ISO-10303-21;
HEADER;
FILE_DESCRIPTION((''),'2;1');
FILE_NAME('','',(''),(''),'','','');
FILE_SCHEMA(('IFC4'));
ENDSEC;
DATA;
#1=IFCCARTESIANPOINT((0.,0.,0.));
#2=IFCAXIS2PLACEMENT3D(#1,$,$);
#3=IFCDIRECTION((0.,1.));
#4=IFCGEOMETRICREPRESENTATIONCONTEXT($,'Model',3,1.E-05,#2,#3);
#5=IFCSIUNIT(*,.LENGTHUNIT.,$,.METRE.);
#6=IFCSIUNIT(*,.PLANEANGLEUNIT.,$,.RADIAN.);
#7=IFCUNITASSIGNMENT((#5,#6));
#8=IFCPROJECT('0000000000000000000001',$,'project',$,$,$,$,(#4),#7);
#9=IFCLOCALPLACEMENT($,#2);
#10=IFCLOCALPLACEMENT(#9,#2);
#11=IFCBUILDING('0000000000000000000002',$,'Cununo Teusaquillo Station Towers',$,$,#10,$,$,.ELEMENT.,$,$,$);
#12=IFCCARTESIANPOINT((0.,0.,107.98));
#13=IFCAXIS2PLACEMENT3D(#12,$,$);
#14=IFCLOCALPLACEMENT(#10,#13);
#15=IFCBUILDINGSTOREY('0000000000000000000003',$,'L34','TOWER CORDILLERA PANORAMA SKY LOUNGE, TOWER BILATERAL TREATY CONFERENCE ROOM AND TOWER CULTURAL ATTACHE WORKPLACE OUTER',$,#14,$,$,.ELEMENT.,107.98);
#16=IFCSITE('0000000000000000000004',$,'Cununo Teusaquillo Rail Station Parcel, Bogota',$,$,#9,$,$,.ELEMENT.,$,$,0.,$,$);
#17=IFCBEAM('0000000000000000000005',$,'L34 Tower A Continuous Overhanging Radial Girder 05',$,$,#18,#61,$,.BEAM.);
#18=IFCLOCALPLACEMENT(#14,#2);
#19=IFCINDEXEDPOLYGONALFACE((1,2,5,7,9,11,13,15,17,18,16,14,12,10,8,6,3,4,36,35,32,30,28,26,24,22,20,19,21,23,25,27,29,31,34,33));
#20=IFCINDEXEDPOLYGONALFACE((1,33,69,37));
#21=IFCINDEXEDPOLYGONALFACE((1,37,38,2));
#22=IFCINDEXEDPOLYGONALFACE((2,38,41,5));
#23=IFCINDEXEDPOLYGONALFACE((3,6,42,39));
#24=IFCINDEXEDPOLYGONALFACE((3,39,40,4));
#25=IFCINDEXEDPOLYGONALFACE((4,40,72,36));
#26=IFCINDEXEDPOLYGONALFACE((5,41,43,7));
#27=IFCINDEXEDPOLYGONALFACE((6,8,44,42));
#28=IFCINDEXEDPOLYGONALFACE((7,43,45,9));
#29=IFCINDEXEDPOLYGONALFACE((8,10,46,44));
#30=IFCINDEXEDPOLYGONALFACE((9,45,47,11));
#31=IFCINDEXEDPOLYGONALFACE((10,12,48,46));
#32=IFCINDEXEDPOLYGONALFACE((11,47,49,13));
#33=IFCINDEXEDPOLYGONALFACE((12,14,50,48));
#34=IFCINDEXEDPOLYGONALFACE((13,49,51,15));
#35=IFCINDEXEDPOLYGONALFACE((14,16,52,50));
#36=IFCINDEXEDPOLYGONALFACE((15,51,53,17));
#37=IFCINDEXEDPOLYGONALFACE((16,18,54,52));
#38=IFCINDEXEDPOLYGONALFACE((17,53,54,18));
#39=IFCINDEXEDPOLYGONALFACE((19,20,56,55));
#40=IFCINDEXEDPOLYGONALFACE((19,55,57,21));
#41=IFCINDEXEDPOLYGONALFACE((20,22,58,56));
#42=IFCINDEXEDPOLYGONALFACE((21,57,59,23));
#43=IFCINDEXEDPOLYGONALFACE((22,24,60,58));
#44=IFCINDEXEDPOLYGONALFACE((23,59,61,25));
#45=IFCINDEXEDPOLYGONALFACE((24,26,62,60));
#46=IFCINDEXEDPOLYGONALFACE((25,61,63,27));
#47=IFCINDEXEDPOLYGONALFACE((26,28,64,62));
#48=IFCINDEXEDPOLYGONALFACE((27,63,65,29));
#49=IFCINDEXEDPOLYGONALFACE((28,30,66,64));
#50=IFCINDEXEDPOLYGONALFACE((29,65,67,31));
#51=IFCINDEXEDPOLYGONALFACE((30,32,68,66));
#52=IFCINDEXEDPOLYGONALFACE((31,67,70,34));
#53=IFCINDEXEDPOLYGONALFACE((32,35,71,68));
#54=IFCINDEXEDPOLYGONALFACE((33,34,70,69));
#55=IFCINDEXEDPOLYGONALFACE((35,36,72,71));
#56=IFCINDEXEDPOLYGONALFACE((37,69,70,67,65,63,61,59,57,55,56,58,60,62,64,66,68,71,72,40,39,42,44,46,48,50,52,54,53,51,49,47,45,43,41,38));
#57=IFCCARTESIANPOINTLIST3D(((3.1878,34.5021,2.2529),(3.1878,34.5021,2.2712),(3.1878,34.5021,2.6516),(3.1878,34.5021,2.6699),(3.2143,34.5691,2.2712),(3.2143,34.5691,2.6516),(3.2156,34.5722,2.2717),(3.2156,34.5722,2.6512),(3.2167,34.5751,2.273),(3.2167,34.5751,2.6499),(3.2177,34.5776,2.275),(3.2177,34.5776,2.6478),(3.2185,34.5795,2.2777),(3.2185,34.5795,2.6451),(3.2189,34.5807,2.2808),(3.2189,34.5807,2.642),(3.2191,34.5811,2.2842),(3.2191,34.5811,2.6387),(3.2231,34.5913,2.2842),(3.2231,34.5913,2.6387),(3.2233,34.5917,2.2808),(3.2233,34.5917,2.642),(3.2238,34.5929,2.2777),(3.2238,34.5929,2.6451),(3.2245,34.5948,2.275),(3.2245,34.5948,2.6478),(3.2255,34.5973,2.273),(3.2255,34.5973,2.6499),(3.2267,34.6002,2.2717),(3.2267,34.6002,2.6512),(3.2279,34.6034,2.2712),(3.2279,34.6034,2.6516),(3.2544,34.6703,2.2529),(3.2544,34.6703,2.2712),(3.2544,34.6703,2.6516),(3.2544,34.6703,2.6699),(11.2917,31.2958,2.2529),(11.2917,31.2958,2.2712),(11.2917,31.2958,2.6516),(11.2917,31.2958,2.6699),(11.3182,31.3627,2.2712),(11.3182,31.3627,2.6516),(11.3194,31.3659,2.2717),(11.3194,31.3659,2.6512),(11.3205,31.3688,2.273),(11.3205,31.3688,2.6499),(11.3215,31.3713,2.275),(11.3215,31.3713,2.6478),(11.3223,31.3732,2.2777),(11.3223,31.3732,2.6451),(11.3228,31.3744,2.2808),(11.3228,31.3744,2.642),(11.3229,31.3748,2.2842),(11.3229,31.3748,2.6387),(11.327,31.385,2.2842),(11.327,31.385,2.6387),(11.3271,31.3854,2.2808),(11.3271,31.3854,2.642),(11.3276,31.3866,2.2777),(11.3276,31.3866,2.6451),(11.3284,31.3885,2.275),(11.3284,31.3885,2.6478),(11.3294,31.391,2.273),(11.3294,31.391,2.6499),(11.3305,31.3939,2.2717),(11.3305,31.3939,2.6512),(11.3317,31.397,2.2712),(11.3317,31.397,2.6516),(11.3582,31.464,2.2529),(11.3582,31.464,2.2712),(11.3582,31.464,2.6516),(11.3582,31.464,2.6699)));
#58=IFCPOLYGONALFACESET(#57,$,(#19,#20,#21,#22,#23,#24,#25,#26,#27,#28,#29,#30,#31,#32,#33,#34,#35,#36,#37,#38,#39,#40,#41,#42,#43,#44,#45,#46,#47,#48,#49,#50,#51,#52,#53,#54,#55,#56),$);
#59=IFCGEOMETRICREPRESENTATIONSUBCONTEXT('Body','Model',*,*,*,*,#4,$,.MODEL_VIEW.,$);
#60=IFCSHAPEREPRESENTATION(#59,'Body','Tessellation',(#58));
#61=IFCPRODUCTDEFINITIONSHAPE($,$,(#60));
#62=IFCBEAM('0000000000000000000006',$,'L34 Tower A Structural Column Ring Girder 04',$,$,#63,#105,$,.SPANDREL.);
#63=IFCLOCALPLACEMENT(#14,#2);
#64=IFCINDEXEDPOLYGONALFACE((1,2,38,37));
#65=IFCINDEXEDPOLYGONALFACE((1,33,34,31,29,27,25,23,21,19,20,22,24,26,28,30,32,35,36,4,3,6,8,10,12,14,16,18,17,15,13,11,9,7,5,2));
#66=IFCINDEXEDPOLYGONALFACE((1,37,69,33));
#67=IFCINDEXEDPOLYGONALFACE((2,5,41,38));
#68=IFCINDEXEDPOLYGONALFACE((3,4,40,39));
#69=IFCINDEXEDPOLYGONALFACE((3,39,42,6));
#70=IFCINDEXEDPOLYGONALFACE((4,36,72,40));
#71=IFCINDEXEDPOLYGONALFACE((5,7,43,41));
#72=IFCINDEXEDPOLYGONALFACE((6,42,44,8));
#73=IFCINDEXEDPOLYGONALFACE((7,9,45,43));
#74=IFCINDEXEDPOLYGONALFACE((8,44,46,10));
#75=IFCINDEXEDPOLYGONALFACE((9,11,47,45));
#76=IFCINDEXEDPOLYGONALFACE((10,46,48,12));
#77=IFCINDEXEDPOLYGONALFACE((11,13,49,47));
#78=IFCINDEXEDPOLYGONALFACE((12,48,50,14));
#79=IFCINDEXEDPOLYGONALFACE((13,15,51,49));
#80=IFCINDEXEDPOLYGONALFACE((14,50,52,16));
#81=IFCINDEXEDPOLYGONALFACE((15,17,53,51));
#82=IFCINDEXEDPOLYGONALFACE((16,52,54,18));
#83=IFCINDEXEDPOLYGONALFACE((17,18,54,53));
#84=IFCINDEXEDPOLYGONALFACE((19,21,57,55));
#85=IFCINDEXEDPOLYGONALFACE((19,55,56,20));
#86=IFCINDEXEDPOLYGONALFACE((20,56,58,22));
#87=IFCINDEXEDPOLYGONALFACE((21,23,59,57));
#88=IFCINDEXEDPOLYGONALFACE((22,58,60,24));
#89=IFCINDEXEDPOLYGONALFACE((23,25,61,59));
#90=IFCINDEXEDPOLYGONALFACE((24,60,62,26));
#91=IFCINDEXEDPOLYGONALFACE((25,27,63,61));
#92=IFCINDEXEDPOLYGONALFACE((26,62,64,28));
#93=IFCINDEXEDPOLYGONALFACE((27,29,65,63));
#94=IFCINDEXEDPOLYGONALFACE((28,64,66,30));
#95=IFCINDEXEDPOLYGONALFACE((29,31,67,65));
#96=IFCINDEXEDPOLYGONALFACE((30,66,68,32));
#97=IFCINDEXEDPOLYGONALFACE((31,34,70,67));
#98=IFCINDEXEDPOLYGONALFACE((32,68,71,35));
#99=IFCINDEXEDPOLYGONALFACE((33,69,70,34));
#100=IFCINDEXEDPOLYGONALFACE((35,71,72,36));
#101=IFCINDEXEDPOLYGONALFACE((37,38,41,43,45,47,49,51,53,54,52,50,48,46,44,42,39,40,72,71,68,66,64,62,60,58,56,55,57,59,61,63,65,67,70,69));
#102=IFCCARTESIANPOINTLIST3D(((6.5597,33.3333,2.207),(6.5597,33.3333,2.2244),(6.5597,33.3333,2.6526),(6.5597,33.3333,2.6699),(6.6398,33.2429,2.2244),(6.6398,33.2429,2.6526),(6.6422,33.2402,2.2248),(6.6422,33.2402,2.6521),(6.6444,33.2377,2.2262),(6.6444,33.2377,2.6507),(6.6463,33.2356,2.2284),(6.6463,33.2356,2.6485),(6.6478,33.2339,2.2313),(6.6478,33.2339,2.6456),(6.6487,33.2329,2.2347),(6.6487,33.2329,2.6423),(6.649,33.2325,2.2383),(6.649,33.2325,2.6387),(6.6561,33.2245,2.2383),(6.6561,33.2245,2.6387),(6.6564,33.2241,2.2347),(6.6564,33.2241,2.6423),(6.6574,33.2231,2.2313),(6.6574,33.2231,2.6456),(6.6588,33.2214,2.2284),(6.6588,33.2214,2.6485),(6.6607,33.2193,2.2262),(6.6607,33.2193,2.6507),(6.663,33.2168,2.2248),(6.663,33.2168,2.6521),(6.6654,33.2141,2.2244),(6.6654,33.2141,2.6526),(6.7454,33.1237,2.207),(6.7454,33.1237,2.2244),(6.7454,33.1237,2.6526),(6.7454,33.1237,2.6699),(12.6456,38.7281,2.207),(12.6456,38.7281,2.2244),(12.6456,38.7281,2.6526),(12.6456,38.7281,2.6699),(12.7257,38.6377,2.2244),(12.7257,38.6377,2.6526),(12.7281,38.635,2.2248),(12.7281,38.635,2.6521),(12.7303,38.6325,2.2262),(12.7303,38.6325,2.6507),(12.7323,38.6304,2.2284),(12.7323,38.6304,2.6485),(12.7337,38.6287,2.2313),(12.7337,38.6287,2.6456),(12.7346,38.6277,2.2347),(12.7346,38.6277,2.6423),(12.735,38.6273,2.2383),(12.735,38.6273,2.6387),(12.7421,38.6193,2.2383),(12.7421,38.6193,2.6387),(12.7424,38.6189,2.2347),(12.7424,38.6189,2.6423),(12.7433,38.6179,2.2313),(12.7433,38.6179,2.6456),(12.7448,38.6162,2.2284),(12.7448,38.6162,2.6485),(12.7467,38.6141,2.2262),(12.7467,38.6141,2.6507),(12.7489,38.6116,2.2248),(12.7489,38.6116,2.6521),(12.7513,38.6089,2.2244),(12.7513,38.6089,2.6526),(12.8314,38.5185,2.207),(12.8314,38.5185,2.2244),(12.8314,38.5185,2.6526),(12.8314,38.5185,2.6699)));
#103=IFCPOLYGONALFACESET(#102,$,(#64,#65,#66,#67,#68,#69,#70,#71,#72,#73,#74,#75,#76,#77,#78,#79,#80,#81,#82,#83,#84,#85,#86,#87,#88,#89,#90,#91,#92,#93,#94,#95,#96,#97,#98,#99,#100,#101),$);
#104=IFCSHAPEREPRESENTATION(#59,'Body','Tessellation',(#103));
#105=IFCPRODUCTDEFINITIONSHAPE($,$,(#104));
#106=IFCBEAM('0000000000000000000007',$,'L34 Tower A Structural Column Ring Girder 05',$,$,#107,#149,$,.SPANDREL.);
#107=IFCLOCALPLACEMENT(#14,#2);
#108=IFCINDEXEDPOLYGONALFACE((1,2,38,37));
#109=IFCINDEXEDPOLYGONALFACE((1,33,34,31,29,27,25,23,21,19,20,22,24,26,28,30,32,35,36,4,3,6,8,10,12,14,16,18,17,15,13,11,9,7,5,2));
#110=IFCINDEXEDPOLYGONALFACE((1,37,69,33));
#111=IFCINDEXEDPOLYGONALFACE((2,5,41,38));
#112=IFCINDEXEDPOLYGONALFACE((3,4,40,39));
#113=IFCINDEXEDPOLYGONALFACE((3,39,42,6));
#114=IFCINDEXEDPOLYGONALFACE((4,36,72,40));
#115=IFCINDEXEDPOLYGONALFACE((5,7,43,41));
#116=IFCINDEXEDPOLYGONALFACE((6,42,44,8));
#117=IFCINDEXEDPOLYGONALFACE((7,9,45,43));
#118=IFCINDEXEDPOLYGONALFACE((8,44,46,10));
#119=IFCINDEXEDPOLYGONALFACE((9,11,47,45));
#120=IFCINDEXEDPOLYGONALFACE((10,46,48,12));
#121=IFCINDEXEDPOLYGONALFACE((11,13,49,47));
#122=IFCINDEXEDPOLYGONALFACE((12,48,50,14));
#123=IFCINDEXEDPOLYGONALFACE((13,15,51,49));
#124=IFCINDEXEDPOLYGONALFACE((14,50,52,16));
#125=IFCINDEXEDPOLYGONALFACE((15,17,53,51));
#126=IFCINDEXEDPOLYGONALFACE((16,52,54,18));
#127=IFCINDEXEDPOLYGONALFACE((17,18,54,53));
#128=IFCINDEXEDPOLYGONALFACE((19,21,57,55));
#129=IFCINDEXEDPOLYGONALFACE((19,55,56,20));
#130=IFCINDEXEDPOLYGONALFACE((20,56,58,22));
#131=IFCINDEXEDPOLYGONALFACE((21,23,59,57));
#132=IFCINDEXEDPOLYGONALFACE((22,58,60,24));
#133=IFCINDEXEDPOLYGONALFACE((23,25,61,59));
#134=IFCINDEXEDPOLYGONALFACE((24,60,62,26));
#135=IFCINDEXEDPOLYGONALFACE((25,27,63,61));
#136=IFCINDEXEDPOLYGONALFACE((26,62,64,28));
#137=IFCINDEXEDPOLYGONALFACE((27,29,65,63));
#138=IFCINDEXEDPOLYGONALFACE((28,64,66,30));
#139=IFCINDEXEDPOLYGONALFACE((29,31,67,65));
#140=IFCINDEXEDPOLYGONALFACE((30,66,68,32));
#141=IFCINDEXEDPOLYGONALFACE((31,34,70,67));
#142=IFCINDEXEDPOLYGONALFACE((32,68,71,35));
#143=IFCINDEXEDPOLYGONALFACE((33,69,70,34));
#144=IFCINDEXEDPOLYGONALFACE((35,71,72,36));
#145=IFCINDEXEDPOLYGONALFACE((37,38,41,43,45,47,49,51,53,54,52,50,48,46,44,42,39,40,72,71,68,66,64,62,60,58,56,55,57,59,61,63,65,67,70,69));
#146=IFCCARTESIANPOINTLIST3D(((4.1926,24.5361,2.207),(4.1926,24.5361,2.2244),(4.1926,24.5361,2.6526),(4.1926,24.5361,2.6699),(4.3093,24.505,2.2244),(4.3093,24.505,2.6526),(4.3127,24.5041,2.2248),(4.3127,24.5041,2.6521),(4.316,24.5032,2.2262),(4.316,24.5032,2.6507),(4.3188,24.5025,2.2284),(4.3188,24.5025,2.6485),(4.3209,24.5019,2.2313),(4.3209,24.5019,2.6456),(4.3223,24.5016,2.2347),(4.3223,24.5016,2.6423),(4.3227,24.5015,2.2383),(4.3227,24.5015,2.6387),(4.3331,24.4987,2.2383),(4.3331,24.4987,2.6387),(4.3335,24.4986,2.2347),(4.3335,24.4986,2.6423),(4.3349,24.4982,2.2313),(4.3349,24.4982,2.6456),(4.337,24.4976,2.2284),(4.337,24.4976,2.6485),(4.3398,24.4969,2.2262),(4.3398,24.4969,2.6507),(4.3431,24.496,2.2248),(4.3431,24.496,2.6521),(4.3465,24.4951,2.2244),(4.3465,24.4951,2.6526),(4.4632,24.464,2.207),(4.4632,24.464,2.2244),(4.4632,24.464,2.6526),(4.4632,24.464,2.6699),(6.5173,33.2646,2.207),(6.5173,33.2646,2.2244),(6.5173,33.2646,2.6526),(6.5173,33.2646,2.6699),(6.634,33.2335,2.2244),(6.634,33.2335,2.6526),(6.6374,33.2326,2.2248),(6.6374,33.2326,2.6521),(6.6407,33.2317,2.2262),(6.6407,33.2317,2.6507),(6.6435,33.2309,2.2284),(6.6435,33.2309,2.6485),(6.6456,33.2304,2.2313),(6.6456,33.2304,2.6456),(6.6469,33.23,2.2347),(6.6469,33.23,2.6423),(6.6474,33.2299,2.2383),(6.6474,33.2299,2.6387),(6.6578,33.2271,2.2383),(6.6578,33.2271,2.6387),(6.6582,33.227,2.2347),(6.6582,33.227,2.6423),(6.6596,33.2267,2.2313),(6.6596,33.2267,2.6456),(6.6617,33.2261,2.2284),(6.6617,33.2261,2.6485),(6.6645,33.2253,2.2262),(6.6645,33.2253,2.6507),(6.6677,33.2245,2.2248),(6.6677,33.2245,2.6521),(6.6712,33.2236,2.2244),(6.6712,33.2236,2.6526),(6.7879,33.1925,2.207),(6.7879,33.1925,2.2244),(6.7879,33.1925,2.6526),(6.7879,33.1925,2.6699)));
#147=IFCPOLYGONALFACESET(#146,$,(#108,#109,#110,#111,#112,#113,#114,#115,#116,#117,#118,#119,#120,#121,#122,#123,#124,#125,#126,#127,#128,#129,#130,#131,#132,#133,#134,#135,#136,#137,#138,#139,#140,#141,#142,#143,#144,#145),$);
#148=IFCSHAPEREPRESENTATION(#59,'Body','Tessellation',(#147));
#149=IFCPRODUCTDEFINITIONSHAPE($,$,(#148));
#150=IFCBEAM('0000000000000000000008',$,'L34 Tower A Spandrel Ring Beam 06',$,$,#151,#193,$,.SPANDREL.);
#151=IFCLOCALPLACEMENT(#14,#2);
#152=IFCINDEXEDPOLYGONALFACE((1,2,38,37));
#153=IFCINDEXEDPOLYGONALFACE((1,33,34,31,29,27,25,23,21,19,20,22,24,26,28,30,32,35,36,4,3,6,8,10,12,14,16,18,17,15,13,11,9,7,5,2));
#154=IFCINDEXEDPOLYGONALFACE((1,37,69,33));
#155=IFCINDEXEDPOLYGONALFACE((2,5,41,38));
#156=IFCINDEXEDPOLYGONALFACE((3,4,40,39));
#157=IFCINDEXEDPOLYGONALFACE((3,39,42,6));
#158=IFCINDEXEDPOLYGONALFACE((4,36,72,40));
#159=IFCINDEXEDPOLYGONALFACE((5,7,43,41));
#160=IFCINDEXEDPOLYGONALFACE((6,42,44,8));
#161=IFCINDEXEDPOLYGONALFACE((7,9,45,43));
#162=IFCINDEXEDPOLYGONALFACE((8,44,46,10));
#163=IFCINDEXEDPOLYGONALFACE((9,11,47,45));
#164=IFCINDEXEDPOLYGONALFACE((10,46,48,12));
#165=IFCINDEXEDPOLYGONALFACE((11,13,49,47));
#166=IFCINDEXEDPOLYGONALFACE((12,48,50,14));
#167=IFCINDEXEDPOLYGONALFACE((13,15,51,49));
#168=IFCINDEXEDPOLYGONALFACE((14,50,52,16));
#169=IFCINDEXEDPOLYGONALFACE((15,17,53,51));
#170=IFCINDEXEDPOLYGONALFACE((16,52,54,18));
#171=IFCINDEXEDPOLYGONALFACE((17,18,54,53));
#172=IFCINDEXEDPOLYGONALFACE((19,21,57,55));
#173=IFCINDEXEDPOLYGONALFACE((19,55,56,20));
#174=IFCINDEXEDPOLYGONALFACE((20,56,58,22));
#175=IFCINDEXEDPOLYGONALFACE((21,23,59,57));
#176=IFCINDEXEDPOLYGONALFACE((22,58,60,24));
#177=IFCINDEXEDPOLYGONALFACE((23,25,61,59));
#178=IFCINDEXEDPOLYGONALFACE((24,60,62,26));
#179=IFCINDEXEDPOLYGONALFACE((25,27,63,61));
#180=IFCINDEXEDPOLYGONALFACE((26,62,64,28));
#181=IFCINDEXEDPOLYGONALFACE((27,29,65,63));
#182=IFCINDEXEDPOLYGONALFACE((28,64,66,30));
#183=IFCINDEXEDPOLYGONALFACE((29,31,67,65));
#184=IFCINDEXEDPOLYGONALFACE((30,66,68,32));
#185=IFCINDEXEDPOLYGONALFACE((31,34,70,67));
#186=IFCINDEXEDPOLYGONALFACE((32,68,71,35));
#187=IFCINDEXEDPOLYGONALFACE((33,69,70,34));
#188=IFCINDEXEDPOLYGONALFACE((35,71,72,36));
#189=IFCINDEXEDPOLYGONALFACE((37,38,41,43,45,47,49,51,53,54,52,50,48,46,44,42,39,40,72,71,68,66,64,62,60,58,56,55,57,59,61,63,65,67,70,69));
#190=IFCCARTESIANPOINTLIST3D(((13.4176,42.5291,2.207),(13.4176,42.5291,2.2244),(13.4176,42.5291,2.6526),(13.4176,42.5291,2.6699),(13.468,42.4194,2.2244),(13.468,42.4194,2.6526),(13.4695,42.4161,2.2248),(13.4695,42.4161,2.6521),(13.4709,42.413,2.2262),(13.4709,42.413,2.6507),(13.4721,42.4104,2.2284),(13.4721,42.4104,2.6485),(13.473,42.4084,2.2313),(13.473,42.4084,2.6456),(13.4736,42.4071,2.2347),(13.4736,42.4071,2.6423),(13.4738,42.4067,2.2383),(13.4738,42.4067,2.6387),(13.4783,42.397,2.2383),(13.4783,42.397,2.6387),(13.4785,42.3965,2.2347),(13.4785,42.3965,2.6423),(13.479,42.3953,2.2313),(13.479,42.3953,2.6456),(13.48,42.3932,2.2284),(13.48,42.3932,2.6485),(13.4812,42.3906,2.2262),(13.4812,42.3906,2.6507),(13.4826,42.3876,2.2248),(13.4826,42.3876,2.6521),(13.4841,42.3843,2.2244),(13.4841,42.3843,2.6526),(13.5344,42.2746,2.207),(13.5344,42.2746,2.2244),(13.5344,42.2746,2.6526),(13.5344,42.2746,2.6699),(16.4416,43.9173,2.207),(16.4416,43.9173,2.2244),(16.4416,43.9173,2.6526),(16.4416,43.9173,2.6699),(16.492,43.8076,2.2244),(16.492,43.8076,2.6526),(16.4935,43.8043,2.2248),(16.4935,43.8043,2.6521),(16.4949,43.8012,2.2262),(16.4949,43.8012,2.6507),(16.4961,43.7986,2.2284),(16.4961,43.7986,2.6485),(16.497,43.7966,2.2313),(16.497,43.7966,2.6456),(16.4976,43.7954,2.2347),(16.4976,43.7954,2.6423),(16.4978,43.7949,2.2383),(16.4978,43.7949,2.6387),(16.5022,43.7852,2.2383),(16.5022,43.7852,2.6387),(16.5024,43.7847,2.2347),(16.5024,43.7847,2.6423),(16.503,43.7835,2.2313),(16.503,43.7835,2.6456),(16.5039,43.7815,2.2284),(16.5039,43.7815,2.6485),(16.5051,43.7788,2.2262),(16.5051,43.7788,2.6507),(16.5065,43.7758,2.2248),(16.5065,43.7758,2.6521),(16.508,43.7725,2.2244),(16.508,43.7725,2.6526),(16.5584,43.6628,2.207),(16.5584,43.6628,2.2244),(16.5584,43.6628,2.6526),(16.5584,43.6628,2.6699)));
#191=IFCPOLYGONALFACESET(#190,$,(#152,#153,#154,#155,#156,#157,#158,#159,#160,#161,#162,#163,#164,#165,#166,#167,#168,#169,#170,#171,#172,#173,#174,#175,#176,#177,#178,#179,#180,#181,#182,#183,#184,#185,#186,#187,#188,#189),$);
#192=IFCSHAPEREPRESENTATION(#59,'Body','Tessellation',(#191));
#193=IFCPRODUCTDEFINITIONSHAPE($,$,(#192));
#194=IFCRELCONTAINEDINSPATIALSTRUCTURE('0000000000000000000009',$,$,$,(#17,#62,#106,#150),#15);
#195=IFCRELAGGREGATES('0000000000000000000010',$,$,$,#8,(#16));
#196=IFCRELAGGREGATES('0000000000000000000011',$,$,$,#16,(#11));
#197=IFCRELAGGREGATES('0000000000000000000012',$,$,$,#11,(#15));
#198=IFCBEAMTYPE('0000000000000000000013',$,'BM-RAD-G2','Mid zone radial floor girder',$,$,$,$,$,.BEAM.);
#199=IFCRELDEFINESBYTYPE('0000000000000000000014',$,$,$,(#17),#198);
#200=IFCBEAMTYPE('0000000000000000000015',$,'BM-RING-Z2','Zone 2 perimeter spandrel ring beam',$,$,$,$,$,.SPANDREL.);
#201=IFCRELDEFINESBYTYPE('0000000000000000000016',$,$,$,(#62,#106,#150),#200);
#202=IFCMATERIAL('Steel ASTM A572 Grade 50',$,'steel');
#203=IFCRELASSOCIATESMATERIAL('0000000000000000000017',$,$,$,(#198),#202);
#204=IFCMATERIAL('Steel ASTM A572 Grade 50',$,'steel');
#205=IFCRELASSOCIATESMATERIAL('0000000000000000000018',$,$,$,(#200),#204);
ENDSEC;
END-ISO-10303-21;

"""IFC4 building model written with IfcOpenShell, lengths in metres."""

from ifc_helpers import new_model, si_unit, direction, frame, origin, origin_2d, place, context, subcontext, project, spatial, i_section, extrude, material, material_profile, profile_set, type_object, element, save


model = new_model("IFC4")

# Units and contexts
model_context = context("Model", 3, precision=1e-05, world=origin(), true_north=direction((0.0, 1.0)))
body_context = subcontext(model_context, "Body", "Model", "MODEL_VIEW")
ifc_project = project(units=[si_unit("LENGTHUNIT", "METRE"), si_unit("PLANEANGLEUNIT", "RADIAN")], contexts=[model_context])

# Site, building, storey
site_placement = place(None, origin())
site = spatial("IfcSite", under=ifc_project, at=site_placement, Name="Cununo Teusaquillo Rail Station Parcel, Bogota", CompositionType="ELEMENT", RefElevation=0.0)
building_placement = place(site_placement, origin())
building = spatial("IfcBuilding", under=site, at=building_placement, Name="Cununo Teusaquillo Station Towers", CompositionType="ELEMENT")
storey_placement = place(building_placement, frame((0.0, 0.0, 107.98)))
storey = spatial("IfcBuildingStorey", under=building, at=storey_placement, Name="L34", Description="TOWER CORDILLERA PANORAMA SKY LOUNGE, TOWER BILATERAL TREATY CONFERENCE ROOM AND TOWER CULTURAL ATTACHE WORKPLACE OUTER", CompositionType="ELEMENT", Elevation=107.98)

# Beams
ifc_material_1 = material(Name="Steel ASTM A572 Grade 50", Category="steel")
ifc_material_profile_1 = material_profile(ifc_material_1, i_section(OverallWidth=0.1809, OverallDepth=0.417, WebThickness=0.011, FlangeThickness=0.0183, FilletRadius=0.0129, at=origin_2d()), Name="W16X57")
ifc_profile_set_1 = profile_set([ifc_material_profile_1], Name="Steel ASTM A572 Grade 50")
beam_type_1 = type_object("IfcBeamType", Name="BM-RAD-G2", Description="Mid zone radial floor girder", PredefinedType="BEAM", material=ifc_profile_set_1)
beam_1_placement = place(storey_placement, frame((11.325, 31.3799, 2.4614), z_axis=(-0.929863, 0.367906, 0.0), x_axis=(-0.367906, -0.929863, 0.0)))
element("IfcBeam", 1, at=beam_1_placement, inside=storey, type_object=beam_type_1, Name="L34 Tower A Continuous Overhanging Radial Girder 05", PredefinedType="BEAM", context=body_context, shape_type="SweptSolid", body=[
    extrude(i_section(OverallWidth=0.1809, OverallDepth=0.417, WebThickness=0.011, FlangeThickness=0.0183, FilletRadius=0.0129, at=origin_2d()), origin(), (0.0, 0.0, 1.0), 8.7151),
])
ifc_material_2 = material(Name="Steel ASTM A572 Grade 50", Category="steel")
ifc_material_profile_2 = material_profile(ifc_material_2, i_section(OverallWidth=0.28, OverallDepth=0.4629, WebThickness=0.0107, FlangeThickness=0.0173, FilletRadius=0.0139, at=origin_2d()), Name="W18X76")
ifc_profile_set_2 = profile_set([ifc_material_profile_2], Name="Steel ASTM A572 Grade 50")
beam_type_2 = type_object("IfcBeamType", Name="BM-RING-Z2", Description="Zone 2 perimeter spandrel ring beam", PredefinedType="SPANDREL", material=ifc_profile_set_2)
beam_2_placement = place(storey_placement, frame((12.7385, 38.6233, 2.4385), z_axis=(-0.748321, -0.663337, 0.0), x_axis=(0.663337, -0.748321, 0.0)))
element("IfcBeam", 2, at=beam_2_placement, inside=storey, type_object=beam_type_2, Name="L34 Tower A Structural Column Ring Girder 04", PredefinedType="SPANDREL", context=body_context, shape_type="SweptSolid", body=[
    extrude(i_section(OverallWidth=0.28, OverallDepth=0.4629, WebThickness=0.0107, FlangeThickness=0.0173, FilletRadius=0.0139, at=origin_2d()), origin(), (0.0, 0.0, 1.0), 8.1328),
])
beam_3_placement = place(storey_placement, frame((6.6526, 33.2285, 2.4385), z_axis=(-0.257363, -0.966315, 0.0), x_axis=(0.966315, -0.257363, 0.0)))
element("IfcBeam", 3, at=beam_3_placement, inside=storey, type_object=beam_type_2, Name="L34 Tower A Structural Column Ring Girder 05", PredefinedType="SPANDREL", context=body_context, shape_type="SweptSolid", body=[
    extrude(i_section(OverallWidth=0.28, OverallDepth=0.4629, WebThickness=0.0107, FlangeThickness=0.0173, FilletRadius=0.0139, at=origin_2d()), origin(), (0.0, 0.0, 1.0), 9.0327),
])
beam_4_placement = place(storey_placement, frame((16.5, 43.79, 2.4385), z_axis=(-0.908812, -0.417205, 0.0), x_axis=(0.417205, -0.908812, 0.0)))
element("IfcBeam", 4, at=beam_4_placement, inside=storey, type_object=beam_type_2, Name="L34 Tower A Spandrel Ring Beam 06", PredefinedType="SPANDREL", context=body_context, shape_type="SweptSolid", body=[
    extrude(i_section(OverallWidth=0.28, OverallDepth=0.4629, WebThickness=0.0107, FlangeThickness=0.0173, FilletRadius=0.0139, at=origin_2d()), origin(), (0.0, 0.0, 1.0), 3.3274),
])

save(model, "model.ifc")
